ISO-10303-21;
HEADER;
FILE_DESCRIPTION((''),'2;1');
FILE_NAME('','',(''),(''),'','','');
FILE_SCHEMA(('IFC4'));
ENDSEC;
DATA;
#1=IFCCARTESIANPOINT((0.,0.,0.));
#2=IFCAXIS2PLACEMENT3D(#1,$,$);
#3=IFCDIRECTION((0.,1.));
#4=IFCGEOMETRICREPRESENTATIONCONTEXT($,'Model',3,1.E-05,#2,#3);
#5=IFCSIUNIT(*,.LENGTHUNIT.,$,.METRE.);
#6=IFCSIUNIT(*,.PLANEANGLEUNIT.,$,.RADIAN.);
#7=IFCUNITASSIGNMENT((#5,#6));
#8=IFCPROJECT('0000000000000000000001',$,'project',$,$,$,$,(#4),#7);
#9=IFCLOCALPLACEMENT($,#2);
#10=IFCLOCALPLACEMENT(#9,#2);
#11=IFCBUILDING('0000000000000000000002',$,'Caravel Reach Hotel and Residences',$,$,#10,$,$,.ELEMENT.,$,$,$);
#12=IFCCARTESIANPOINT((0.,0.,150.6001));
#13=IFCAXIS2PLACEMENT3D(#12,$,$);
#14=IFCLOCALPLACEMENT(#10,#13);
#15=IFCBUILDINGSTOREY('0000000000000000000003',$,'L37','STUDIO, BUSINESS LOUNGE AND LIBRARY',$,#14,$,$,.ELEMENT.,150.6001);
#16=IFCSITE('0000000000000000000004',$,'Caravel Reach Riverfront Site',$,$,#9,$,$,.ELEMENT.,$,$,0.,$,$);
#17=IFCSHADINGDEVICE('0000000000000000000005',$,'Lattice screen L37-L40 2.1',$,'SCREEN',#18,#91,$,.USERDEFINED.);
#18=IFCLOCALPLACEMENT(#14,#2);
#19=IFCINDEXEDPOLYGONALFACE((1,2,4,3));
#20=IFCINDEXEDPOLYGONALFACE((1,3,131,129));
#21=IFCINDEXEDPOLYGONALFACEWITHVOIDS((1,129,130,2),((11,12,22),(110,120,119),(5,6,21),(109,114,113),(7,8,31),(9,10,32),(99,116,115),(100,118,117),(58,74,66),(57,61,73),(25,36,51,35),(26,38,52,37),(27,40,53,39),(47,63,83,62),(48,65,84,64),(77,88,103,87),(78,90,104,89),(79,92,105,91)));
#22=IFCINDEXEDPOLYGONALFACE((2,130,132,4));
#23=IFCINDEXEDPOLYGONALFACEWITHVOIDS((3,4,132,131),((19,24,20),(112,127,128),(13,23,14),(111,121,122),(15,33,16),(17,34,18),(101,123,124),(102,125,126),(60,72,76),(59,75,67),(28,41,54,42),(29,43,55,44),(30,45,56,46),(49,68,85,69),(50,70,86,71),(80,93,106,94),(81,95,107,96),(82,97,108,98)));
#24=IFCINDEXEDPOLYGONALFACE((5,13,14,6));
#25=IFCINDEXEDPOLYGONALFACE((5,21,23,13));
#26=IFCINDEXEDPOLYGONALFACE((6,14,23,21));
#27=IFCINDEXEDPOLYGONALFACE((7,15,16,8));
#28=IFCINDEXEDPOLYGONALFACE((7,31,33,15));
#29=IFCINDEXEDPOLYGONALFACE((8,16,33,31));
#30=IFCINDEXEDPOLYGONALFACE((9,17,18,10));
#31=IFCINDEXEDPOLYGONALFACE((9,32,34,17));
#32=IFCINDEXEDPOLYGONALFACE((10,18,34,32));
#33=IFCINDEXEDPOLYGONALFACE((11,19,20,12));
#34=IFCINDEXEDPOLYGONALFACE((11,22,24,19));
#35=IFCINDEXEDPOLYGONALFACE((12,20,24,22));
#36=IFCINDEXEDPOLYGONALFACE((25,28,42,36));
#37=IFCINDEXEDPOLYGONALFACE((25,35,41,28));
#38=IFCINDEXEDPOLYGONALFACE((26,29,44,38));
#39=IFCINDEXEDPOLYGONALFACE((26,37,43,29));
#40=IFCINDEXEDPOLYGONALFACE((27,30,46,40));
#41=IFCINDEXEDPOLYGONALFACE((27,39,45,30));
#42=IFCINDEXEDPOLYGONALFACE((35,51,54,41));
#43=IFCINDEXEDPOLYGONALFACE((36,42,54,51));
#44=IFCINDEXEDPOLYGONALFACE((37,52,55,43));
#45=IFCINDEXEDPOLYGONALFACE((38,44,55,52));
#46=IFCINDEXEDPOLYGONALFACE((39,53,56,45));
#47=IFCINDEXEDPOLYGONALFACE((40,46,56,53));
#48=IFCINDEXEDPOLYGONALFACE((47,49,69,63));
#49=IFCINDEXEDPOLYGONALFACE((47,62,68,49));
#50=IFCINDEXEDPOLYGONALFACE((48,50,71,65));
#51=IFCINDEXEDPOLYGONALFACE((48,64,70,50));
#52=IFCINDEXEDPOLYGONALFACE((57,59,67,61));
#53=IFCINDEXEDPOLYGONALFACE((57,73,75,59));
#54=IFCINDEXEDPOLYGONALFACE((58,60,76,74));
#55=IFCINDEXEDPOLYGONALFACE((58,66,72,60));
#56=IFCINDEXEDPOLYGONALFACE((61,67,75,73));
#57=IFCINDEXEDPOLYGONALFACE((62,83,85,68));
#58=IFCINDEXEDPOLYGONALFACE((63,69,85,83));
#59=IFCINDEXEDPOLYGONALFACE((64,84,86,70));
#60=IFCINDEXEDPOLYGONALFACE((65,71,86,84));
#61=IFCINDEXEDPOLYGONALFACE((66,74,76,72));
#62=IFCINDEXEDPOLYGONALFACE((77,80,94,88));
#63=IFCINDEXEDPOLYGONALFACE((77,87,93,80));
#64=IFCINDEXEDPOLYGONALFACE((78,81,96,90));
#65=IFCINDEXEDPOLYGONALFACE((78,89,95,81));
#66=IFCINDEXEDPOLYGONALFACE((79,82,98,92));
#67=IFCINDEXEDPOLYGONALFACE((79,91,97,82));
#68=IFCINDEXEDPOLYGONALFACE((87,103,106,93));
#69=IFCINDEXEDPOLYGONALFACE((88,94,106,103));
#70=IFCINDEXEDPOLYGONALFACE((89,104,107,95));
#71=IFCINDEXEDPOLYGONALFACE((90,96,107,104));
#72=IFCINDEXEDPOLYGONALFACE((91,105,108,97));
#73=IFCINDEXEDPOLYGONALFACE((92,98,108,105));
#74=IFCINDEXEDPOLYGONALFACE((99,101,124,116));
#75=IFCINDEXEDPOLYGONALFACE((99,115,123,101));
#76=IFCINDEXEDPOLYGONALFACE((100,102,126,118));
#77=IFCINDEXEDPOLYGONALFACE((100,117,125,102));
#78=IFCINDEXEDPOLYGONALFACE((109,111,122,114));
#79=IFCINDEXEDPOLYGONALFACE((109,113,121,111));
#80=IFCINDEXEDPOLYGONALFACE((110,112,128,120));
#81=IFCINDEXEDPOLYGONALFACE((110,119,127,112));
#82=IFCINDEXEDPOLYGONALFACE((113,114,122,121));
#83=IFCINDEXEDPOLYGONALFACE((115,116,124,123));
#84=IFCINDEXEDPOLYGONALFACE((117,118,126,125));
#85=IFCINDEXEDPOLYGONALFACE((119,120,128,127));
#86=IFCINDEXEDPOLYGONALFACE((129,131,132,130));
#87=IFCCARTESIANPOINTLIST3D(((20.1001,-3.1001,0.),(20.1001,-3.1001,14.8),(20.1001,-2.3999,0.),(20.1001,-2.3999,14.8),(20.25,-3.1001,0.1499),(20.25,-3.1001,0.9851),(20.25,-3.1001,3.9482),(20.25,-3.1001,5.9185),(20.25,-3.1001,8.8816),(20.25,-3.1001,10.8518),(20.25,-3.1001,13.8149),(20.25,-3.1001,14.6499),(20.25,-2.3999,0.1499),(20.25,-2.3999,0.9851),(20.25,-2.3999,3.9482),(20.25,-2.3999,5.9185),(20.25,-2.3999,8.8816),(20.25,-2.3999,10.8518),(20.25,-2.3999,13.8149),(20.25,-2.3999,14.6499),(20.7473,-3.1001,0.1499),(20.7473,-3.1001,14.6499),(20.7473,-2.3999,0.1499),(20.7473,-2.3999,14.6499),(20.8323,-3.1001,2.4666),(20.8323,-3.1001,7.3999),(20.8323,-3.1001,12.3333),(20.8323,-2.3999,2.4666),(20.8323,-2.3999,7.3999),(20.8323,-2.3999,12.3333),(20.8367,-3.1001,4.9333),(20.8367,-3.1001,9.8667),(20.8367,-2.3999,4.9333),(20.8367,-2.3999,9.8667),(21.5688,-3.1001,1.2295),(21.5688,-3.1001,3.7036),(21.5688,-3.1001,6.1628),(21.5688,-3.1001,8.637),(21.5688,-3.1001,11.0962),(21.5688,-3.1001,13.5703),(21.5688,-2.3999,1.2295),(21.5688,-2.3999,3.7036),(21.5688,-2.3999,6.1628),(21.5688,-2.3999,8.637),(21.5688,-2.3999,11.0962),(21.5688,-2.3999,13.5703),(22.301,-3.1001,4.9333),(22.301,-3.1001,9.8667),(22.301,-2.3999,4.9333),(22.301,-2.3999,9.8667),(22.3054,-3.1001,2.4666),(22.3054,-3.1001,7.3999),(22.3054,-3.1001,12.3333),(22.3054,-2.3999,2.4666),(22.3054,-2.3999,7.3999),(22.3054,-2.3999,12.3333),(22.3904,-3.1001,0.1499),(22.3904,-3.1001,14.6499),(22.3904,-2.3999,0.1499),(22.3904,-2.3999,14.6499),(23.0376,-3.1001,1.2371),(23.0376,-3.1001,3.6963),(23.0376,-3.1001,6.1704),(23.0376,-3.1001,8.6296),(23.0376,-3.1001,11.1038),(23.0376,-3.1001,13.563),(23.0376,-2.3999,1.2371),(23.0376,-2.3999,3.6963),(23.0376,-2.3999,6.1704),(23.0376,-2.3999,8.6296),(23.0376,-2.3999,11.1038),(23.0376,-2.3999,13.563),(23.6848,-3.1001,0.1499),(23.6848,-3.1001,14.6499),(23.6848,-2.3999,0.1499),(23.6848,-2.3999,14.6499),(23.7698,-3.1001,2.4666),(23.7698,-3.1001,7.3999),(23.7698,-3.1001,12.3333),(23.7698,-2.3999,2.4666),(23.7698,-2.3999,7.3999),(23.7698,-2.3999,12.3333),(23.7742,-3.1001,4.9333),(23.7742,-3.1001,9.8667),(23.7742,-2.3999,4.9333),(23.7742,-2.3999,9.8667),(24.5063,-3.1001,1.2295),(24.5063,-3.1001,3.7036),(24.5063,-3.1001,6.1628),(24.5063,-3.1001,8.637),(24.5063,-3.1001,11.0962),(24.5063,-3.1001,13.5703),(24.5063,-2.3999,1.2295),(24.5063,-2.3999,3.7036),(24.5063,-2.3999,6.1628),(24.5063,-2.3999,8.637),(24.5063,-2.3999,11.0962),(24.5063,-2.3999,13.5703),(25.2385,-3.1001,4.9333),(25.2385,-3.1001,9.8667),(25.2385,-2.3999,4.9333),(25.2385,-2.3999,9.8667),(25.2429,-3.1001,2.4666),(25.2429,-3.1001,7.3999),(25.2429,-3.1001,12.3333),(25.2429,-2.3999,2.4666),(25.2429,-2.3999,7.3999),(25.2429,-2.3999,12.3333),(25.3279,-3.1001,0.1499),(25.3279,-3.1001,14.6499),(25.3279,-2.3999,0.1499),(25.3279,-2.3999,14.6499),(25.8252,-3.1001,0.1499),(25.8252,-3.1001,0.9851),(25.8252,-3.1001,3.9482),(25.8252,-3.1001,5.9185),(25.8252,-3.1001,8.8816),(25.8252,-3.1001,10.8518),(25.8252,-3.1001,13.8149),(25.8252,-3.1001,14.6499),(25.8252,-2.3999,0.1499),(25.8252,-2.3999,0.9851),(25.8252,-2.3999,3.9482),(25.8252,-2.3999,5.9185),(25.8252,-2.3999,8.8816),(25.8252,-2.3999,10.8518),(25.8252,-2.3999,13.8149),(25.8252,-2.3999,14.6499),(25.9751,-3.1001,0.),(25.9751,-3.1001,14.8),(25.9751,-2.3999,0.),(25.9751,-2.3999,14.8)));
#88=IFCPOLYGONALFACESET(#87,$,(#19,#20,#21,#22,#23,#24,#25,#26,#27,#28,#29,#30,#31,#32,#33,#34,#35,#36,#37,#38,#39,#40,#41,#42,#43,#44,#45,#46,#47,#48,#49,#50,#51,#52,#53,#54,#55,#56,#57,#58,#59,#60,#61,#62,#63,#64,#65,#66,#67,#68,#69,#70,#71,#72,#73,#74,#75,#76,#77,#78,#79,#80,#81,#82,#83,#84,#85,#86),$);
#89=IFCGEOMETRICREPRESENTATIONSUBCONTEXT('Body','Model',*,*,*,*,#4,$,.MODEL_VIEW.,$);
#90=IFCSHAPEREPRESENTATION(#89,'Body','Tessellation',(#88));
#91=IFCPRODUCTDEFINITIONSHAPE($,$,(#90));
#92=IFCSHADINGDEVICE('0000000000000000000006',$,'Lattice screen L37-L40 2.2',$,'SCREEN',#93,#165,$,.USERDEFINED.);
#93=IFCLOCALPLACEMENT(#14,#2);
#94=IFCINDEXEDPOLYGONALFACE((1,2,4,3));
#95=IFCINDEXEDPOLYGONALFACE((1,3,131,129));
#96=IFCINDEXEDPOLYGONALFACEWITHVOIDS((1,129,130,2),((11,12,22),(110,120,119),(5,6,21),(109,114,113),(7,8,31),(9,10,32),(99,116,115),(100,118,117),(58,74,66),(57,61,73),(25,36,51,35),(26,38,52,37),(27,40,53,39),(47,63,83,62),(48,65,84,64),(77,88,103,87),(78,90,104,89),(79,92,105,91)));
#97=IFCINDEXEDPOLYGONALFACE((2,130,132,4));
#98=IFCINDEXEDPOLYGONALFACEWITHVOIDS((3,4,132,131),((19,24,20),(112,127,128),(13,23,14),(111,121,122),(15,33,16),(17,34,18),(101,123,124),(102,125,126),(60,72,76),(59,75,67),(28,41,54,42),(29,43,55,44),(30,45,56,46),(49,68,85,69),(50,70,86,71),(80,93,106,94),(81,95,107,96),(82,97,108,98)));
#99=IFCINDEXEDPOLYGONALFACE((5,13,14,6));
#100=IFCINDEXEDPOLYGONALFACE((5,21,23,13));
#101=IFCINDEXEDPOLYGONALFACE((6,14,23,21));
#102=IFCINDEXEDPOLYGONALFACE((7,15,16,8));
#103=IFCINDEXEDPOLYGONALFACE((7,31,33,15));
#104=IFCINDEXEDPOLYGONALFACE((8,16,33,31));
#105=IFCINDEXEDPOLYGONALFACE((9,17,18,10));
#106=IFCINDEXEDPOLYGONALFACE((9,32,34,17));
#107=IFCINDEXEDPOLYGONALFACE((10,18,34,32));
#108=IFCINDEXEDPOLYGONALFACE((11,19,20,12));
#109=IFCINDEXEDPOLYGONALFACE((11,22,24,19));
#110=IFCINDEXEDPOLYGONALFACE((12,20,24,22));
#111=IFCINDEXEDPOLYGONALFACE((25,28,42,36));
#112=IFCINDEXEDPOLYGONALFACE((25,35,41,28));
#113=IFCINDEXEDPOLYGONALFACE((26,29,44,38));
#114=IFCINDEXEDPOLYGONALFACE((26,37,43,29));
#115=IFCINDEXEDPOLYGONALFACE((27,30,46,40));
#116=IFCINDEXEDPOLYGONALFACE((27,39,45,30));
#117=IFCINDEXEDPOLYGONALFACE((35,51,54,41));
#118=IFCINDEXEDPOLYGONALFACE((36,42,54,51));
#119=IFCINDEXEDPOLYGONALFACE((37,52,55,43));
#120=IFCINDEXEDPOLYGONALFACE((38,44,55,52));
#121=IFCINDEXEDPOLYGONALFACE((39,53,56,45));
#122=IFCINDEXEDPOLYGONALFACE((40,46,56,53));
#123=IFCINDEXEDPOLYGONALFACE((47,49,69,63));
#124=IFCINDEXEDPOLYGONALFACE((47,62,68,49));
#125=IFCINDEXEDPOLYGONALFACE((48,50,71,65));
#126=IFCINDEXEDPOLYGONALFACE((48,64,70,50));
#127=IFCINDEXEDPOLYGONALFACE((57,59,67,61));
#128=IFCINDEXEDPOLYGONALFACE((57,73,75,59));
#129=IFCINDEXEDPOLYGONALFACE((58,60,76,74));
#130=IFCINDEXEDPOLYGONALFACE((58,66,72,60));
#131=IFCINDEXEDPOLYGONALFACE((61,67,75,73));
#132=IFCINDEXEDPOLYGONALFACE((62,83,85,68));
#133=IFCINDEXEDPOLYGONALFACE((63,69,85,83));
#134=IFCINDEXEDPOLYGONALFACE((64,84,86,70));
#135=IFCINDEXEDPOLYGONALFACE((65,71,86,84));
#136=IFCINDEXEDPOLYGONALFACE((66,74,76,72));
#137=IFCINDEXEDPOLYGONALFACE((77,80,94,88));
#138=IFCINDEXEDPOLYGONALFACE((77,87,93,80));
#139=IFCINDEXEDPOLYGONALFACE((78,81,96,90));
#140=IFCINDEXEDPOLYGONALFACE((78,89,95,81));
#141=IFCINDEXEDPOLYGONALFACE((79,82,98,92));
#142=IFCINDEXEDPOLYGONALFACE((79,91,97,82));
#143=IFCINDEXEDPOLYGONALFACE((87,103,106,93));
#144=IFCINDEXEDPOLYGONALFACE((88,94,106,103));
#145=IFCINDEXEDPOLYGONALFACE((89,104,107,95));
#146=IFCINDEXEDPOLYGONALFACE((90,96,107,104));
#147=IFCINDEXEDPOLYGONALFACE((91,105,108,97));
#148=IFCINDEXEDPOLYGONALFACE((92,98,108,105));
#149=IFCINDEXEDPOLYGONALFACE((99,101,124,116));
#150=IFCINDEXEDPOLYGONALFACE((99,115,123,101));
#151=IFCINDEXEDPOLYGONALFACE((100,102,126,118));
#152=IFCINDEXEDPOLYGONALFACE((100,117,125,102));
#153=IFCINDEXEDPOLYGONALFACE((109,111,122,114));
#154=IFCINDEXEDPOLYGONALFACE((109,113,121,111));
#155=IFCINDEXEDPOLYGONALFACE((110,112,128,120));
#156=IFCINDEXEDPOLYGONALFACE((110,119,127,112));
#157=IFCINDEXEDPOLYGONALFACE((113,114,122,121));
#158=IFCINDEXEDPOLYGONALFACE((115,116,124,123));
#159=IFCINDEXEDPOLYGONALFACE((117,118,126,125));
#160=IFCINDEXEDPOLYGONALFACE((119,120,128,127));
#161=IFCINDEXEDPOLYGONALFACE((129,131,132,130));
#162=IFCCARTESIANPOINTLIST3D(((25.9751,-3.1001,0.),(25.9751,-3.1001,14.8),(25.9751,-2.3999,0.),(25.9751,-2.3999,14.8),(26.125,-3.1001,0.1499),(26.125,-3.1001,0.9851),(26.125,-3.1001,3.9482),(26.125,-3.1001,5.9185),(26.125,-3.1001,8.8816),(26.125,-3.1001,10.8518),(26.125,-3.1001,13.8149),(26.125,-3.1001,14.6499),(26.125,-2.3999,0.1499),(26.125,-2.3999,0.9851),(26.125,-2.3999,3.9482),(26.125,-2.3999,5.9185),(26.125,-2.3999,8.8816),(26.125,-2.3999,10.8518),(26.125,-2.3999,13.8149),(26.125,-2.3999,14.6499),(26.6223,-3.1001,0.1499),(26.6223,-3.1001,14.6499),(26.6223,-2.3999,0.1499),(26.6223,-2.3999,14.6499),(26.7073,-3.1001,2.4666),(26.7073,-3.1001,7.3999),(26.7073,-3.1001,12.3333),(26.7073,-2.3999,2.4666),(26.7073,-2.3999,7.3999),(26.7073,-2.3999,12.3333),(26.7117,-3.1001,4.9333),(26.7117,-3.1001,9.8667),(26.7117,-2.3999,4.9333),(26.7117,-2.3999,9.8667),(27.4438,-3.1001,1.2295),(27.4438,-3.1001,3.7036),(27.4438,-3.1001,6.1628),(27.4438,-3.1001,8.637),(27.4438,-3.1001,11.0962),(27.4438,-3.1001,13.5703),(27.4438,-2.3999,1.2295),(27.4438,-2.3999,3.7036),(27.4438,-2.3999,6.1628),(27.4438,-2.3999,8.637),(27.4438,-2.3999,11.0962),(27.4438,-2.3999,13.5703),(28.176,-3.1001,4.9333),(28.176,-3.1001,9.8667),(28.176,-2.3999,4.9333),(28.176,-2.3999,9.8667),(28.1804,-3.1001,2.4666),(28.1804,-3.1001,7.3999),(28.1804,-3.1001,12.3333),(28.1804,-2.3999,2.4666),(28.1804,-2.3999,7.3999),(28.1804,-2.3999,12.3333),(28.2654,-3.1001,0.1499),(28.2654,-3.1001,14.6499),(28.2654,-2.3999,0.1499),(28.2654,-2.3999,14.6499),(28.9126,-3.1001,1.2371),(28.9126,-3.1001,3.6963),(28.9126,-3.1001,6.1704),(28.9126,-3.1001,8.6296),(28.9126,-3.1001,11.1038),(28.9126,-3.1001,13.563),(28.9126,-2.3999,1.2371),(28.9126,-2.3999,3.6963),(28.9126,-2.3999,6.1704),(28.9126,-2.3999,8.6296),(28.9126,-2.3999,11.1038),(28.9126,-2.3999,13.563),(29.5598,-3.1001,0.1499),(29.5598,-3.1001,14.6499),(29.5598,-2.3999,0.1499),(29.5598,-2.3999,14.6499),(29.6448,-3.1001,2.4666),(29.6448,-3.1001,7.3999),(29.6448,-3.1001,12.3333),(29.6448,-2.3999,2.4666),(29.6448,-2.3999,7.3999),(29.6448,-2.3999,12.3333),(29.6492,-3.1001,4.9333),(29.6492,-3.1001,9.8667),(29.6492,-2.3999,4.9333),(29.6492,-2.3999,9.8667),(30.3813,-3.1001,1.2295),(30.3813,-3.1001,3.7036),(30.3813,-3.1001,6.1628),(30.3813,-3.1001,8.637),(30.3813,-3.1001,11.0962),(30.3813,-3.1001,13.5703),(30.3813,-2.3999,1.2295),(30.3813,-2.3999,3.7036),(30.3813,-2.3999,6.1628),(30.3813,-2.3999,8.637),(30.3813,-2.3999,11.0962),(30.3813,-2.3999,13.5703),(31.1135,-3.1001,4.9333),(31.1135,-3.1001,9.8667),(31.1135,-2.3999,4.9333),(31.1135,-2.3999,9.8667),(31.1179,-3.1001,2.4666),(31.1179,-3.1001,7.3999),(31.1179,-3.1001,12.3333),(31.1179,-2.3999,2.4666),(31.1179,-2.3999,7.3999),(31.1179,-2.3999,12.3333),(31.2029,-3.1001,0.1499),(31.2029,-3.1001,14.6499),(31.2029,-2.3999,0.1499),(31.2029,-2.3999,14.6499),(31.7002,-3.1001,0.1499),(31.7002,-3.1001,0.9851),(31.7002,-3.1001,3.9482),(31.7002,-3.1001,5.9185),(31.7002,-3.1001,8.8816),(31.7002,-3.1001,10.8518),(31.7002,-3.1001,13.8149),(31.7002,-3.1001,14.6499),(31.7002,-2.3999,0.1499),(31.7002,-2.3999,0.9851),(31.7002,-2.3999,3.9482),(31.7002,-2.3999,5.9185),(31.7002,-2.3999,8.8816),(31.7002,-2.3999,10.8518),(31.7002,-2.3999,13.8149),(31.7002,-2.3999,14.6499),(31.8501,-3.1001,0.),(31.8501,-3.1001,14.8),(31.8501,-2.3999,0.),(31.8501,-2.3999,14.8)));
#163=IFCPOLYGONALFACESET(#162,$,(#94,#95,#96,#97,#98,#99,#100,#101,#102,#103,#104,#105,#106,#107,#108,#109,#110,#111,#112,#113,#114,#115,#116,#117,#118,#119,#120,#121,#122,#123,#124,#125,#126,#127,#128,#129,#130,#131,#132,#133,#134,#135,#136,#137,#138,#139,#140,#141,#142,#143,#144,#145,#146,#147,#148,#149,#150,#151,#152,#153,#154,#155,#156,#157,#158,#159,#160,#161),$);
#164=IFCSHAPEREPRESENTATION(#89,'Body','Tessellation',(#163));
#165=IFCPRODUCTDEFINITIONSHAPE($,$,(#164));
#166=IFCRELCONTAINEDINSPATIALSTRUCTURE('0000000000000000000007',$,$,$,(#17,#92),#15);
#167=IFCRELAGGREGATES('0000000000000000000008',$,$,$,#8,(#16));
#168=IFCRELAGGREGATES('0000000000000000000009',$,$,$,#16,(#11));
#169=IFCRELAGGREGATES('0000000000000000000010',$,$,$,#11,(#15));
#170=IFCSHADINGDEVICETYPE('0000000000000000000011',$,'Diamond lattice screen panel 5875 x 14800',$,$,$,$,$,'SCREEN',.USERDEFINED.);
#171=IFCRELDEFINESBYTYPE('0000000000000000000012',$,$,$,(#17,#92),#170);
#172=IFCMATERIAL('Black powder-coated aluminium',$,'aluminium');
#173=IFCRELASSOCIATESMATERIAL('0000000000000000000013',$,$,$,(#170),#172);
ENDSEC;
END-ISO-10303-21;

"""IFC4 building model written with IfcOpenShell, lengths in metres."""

from ifc_helpers import new_model, si_unit, direction, frame, origin, place, context, subcontext, project, spatial, polyline, outline, extrude, material, type_object, element, save


model = new_model("IFC4")

# Units and contexts
model_context = context("Model", 3, precision=1e-05, world=origin(), true_north=direction((0.0, 1.0)))
body_context = subcontext(model_context, "Body", "Model", "MODEL_VIEW")
ifc_project = project(units=[si_unit("LENGTHUNIT", "METRE"), si_unit("PLANEANGLEUNIT", "RADIAN")], contexts=[model_context])

# Site, building, storey
site_placement = place(None, origin())
site = spatial("IfcSite", under=ifc_project, at=site_placement, Name="Caravel Reach Riverfront Site", CompositionType="ELEMENT", RefElevation=0.0)
building_placement = place(site_placement, origin())
building = spatial("IfcBuilding", under=site, at=building_placement, Name="Caravel Reach Hotel and Residences", CompositionType="ELEMENT")
storey_placement = place(building_placement, frame((0.0, 0.0, 150.6001)))
storey = spatial("IfcBuildingStorey", under=building, at=storey_placement, Name="L37", Description="STUDIO, BUSINESS LOUNGE AND LIBRARY", CompositionType="ELEMENT", Elevation=150.6001)

# Shading devices
ifc_material_1 = material(Name="Black powder-coated aluminium", Category="aluminium")
shading_device_type_1 = type_object("IfcShadingDeviceType", Name="Diamond lattice screen panel 5875 x 14800", ElementType="SCREEN", PredefinedType="USERDEFINED", material=ifc_material_1)
shading_device_1_placement = place(storey_placement, frame((20.1001, -2.3999, 0.0), z_axis=(0.0, -1.0, 0.0), x_axis=(1.0, 0.0, 0.0)))
element("IfcShadingDevice", 1, at=shading_device_1_placement, inside=storey, type_object=shading_device_type_1, Name="Lattice screen L37-L40 2.1", ObjectType="SCREEN", PredefinedType="USERDEFINED", context=body_context, shape_type="SweptSolid", body=[
    extrude(outline(polyline([(0.0, 0.0), (5.875, 0.0), (5.875, 14.8), (0.0, 14.8), (0.0, 0.0)]), holes=[polyline([(0.6472, 0.1499), (0.1499, 0.9851), (0.1499, 0.1499), (0.6472, 0.1499)]), polyline([(0.7366, 4.9333), (0.1499, 5.9185), (0.1499, 3.9482), (0.7366, 4.9333)]), polyline([(0.7366, 9.8667), (0.1499, 10.8518), (0.1499, 8.8816), (0.7366, 9.8667)]), polyline([(0.1499, 13.8149), (0.6472, 14.6499), (0.1499, 14.6499), (0.1499, 13.8149)]), polyline([(1.4688, 3.7036), (0.7322, 2.4666), (1.4688, 1.2295), (2.2053, 2.4666), (1.4688, 3.7036)]), polyline([(1.4688, 8.637), (0.7322, 7.3999), (1.4688, 6.1628), (2.2053, 7.3999), (1.4688, 8.637)]), polyline([(1.4688, 13.5703), (0.7322, 12.3333), (1.4688, 11.0962), (2.2053, 12.3333), (1.4688, 13.5703)]), polyline([(2.9375, 1.2371), (2.2903, 0.1499), (3.5847, 0.1499), (2.9375, 1.2371)]), polyline([(2.9375, 6.1704), (2.2009, 4.9333), (2.9375, 3.6963), (3.6741, 4.9333), (2.9375, 6.1704)]), polyline([(2.9375, 11.1038), (2.2009, 9.8667), (2.9375, 8.6296), (3.6741, 9.8667), (2.9375, 11.1038)]), polyline([(2.9375, 13.563), (3.5847, 14.6499), (2.2903, 14.6499), (2.9375, 13.563)]), polyline([(4.4062, 3.7036), (3.6697, 2.4666), (4.4062, 1.2295), (5.1428, 2.4666), (4.4062, 3.7036)]), polyline([(4.4062, 8.637), (3.6697, 7.3999), (4.4062, 6.1628), (5.1428, 7.3999), (4.4062, 8.637)]), polyline([(4.4062, 13.5703), (3.6697, 12.3333), (4.4062, 11.0962), (5.1428, 12.3333), (4.4062, 13.5703)]), polyline([(5.7251, 0.9851), (5.2278, 0.1499), (5.7251, 0.1499), (5.7251, 0.9851)]), polyline([(5.1384, 4.9333), (5.7251, 3.9482), (5.7251, 5.9185), (5.1384, 4.9333)]), polyline([(5.1384, 9.8667), (5.7251, 8.8816), (5.7251, 10.8518), (5.1384, 9.8667)]), polyline([(5.2278, 14.6499), (5.7251, 13.8149), (5.7251, 14.6499), (5.2278, 14.6499)])]), origin(), (0.0, 0.0, 1.0), 0.7002),
])
shading_device_2_placement = place(storey_placement, frame((25.9751, -2.3999, 0.0), z_axis=(0.0, -1.0, 0.0), x_axis=(1.0, 0.0, 0.0)))
element("IfcShadingDevice", 2, at=shading_device_2_placement, inside=storey, type_object=shading_device_type_1, Name="Lattice screen L37-L40 2.2", ObjectType="SCREEN", PredefinedType="USERDEFINED", context=body_context, shape_type="SweptSolid", body=[
    extrude(outline(polyline([(0.0, 0.0), (5.875, 0.0), (5.875, 14.8), (0.0, 14.8), (0.0, 0.0)]), holes=[polyline([(0.6472, 0.1499), (0.1499, 0.9851), (0.1499, 0.1499), (0.6472, 0.1499)]), polyline([(0.7366, 4.9333), (0.1499, 5.9185), (0.1499, 3.9482), (0.7366, 4.9333)]), polyline([(0.7366, 9.8667), (0.1499, 10.8518), (0.1499, 8.8816), (0.7366, 9.8667)]), polyline([(0.1499, 13.8149), (0.6472, 14.6499), (0.1499, 14.6499), (0.1499, 13.8149)]), polyline([(1.4688, 3.7036), (0.7322, 2.4666), (1.4688, 1.2295), (2.2053, 2.4666), (1.4688, 3.7036)]), polyline([(1.4688, 8.637), (0.7322, 7.3999), (1.4688, 6.1628), (2.2053, 7.3999), (1.4688, 8.637)]), polyline([(1.4688, 13.5703), (0.7322, 12.3333), (1.4688, 11.0962), (2.2053, 12.3333), (1.4688, 13.5703)]), polyline([(2.9375, 1.2371), (2.2903, 0.1499), (3.5847, 0.1499), (2.9375, 1.2371)]), polyline([(2.9375, 6.1704), (2.2009, 4.9333), (2.9375, 3.6963), (3.6741, 4.9333), (2.9375, 6.1704)]), polyline([(2.9375, 11.1038), (2.2009, 9.8667), (2.9375, 8.6296), (3.6741, 9.8667), (2.9375, 11.1038)]), polyline([(2.9375, 13.563), (3.5847, 14.6499), (2.2903, 14.6499), (2.9375, 13.563)]), polyline([(4.4062, 3.7036), (3.6697, 2.4666), (4.4062, 1.2295), (5.1428, 2.4666), (4.4062, 3.7036)]), polyline([(4.4062, 8.637), (3.6697, 7.3999), (4.4062, 6.1628), (5.1428, 7.3999), (4.4062, 8.637)]), polyline([(4.4062, 13.5703), (3.6697, 12.3333), (4.4062, 11.0962), (5.1428, 12.3333), (4.4062, 13.5703)]), polyline([(5.7251, 0.9851), (5.2278, 0.1499), (5.7251, 0.1499), (5.7251, 0.9851)]), polyline([(5.1384, 4.9333), (5.7251, 3.9482), (5.7251, 5.9185), (5.1384, 4.9333)]), polyline([(5.1384, 9.8667), (5.7251, 8.8816), (5.7251, 10.8518), (5.1384, 9.8667)]), polyline([(5.2278, 14.6499), (5.7251, 13.8149), (5.7251, 14.6499), (5.2278, 14.6499)])]), origin(), (0.0, 0.0, 1.0), 0.7002),
])

save(model, "model.ifc")
